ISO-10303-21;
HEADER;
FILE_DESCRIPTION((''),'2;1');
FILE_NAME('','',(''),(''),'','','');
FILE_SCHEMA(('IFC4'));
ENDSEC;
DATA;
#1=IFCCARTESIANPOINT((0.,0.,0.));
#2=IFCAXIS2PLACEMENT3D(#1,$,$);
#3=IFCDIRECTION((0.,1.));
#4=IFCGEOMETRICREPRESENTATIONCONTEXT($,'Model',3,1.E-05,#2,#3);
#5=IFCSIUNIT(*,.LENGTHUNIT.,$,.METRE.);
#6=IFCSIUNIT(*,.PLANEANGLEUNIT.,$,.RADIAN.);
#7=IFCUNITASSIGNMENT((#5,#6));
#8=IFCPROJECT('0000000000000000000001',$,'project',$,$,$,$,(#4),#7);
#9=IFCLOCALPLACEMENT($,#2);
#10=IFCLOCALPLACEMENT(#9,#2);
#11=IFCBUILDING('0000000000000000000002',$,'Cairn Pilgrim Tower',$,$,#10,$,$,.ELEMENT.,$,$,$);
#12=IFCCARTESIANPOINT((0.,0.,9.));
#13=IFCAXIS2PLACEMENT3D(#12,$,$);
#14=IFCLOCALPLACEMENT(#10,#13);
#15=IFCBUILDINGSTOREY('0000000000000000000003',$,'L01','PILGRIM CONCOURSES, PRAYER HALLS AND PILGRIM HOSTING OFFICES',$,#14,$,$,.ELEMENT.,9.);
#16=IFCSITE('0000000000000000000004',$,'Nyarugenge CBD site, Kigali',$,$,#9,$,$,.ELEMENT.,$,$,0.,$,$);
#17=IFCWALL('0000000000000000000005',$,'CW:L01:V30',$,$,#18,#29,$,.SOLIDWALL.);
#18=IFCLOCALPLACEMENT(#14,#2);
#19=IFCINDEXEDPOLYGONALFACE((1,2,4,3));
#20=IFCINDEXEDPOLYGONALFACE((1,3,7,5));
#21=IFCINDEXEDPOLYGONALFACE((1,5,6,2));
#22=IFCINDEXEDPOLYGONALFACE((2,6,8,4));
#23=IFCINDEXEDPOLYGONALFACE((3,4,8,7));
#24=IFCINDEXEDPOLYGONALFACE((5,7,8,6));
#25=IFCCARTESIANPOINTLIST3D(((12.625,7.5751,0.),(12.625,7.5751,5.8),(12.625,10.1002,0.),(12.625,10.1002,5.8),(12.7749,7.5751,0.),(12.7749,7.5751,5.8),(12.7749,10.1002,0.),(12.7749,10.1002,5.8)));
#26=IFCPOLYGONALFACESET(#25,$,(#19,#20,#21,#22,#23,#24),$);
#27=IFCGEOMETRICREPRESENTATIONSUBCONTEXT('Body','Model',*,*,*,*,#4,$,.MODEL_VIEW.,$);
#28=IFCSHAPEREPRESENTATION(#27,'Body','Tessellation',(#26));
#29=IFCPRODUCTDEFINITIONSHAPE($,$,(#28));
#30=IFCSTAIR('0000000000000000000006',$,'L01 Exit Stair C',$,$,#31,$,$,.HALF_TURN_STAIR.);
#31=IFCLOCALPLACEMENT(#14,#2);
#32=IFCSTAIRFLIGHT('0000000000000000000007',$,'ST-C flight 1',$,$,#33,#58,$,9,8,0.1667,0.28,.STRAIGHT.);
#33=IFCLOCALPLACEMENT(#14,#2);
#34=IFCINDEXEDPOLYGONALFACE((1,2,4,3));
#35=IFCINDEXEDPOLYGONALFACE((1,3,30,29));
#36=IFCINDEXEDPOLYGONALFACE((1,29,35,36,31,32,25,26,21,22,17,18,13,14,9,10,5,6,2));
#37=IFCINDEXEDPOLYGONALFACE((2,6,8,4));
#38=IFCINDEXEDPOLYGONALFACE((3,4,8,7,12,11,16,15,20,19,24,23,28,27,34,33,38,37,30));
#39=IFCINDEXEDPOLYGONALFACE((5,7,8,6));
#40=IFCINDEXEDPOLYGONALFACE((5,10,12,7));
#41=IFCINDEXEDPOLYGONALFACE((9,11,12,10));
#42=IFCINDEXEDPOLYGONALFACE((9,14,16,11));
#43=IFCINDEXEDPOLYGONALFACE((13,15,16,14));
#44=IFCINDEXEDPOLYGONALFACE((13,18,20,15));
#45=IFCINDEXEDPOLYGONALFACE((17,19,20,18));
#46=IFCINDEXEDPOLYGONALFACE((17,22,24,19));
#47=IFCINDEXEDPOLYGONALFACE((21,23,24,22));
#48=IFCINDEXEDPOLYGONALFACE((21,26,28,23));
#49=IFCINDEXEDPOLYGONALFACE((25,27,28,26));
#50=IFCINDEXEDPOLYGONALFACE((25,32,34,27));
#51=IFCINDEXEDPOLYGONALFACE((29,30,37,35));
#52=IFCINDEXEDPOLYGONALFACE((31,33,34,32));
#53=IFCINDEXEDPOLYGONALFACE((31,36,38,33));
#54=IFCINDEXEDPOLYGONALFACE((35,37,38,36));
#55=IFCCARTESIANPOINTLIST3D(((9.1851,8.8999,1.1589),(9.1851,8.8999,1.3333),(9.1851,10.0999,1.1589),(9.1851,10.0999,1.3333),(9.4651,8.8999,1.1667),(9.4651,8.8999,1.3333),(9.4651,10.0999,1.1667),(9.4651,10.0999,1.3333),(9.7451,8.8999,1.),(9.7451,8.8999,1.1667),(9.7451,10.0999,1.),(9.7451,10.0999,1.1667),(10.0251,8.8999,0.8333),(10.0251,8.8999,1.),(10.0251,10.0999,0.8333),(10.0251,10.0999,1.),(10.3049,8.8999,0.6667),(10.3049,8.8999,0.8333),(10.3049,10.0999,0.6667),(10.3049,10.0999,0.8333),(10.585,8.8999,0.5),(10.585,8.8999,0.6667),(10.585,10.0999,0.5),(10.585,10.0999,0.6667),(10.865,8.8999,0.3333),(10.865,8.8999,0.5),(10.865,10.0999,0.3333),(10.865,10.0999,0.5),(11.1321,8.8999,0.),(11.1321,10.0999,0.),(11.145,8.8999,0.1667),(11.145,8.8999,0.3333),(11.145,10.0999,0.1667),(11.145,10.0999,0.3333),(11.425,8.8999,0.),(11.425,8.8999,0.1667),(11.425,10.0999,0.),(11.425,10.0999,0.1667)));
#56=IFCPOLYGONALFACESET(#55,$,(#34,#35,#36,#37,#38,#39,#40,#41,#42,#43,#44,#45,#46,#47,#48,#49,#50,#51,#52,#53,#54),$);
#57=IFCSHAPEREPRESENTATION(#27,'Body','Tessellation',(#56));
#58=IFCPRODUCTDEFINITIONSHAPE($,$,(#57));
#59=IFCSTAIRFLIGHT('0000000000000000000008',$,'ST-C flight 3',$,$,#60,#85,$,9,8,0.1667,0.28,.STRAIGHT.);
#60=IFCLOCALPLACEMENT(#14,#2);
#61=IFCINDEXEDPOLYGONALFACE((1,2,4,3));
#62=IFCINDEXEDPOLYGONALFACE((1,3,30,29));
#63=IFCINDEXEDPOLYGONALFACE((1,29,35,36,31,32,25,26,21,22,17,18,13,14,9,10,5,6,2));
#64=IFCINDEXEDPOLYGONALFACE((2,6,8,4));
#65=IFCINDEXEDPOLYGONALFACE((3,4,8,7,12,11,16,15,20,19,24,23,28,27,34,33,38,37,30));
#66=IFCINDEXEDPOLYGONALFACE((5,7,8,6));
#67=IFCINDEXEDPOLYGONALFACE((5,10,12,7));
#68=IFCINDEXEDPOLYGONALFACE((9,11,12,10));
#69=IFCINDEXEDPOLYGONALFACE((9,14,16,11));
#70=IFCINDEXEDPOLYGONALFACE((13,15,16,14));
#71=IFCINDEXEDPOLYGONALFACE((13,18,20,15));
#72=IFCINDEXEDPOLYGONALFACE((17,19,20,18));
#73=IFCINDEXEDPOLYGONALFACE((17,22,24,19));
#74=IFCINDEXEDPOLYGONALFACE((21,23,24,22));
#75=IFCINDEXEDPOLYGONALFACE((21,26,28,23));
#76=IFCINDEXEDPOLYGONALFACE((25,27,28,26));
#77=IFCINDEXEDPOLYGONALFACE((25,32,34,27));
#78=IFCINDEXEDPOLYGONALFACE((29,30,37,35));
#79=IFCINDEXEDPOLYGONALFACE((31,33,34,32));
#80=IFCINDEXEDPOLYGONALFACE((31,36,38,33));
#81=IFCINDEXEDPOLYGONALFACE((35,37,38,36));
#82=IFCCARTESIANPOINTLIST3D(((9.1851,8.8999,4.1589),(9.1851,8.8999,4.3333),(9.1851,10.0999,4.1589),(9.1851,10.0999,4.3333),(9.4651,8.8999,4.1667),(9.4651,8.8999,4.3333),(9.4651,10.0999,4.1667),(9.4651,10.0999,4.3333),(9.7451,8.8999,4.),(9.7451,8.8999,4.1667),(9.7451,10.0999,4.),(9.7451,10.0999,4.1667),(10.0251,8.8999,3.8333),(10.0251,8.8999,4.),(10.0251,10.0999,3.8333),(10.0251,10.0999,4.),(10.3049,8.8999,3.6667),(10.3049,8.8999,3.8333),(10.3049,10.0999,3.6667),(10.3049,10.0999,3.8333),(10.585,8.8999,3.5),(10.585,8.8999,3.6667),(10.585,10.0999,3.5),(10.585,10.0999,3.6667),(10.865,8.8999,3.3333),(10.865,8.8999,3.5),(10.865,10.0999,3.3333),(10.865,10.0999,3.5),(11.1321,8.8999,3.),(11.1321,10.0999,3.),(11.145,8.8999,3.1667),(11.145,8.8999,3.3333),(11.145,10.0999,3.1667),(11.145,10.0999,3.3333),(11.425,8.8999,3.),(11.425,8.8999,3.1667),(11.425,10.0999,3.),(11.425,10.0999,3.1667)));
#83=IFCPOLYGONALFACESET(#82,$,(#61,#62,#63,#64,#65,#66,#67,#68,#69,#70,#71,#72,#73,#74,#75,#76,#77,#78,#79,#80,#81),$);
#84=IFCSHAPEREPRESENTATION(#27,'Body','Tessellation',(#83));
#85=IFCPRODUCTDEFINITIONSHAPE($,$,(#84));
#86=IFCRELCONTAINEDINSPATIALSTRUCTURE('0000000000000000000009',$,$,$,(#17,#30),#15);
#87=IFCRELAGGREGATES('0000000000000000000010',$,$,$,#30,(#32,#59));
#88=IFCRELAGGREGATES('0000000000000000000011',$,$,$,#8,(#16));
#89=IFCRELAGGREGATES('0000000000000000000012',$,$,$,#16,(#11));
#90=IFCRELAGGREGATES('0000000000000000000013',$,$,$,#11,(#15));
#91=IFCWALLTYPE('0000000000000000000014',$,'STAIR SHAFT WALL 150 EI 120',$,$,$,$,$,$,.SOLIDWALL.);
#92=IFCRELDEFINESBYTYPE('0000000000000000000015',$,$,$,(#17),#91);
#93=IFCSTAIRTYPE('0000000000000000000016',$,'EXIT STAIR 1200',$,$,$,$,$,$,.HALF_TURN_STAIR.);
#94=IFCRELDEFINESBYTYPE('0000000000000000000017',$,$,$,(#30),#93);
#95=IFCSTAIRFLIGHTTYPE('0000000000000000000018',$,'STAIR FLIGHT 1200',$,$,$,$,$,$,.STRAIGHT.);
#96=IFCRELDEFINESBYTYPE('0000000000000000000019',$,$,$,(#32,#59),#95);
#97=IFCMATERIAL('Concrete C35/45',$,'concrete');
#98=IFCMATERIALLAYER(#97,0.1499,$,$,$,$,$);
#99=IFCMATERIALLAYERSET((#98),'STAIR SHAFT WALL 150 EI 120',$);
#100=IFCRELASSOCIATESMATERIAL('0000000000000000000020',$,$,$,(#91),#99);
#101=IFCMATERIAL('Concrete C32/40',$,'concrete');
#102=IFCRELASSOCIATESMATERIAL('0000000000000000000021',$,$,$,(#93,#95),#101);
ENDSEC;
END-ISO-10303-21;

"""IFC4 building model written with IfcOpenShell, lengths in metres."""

from ifc_helpers import new_model, si_unit, direction, frame, frame_2d, origin, place, context, subcontext, project, spatial, polyline, rectangle, outline, extrude, material, layer, layer_set, type_object, element, aggregate, save


model = new_model("IFC4")

# Units and contexts
model_context = context("Model", 3, precision=1e-05, world=origin(), true_north=direction((0.0, 1.0)))
body_context = subcontext(model_context, "Body", "Model", "MODEL_VIEW")
ifc_project = project(units=[si_unit("LENGTHUNIT", "METRE"), si_unit("PLANEANGLEUNIT", "RADIAN")], contexts=[model_context])

# Site, building, storey
site_placement = place(None, origin())
site = spatial("IfcSite", under=ifc_project, at=site_placement, Name="Nyarugenge CBD site, Kigali", CompositionType="ELEMENT", RefElevation=0.0)
building_placement = place(site_placement, origin())
building = spatial("IfcBuilding", under=site, at=building_placement, Name="Cairn Pilgrim Tower", CompositionType="ELEMENT")
storey_placement = place(building_placement, frame((0.0, 0.0, 9.0)))
storey = spatial("IfcBuildingStorey", under=building, at=storey_placement, Name="L01", Description="PILGRIM CONCOURSES, PRAYER HALLS AND PILGRIM HOSTING OFFICES", CompositionType="ELEMENT", Elevation=9.0)

# Shared definitions
ifc_material_1 = material(Name="Concrete C32/40", Category="concrete")

# Wall
ifc_material_2 = material(Name="Concrete C35/45", Category="concrete")
ifc_layer_1 = layer(ifc_material_2, 0.1499)
ifc_layer_set_1 = layer_set([ifc_layer_1], Name="STAIR SHAFT WALL 150 EI 120")
wall_type_1 = type_object("IfcWallType", Name="STAIR SHAFT WALL 150 EI 120", PredefinedType="SOLIDWALL", material=ifc_layer_set_1)
wall_1_placement = place(storey_placement, frame((12.7, 7.575, 0.0), z_axis=(0.0, 0.0, 1.0), x_axis=(0.0, 1.0, 0.0)))
element("IfcWall", 1, at=wall_1_placement, inside=storey, type_object=wall_type_1, Name="CW:L01:V30", PredefinedType="SOLIDWALL", context=body_context, shape_type="SweptSolid", body=[
    extrude(rectangle(XDim=2.5251, YDim=0.1499, at=frame_2d((1.2627, 0.0))), origin(), (0.0, 0.0, 1.0), 5.8),
])

# Stair, stair flights
stair_type = type_object("IfcStairType", Name="EXIT STAIR 1200", PredefinedType="HALF_TURN_STAIR", material=ifc_material_1)
stair_placement = place(storey_placement, origin())
stair = element("IfcStair", 2, at=stair_placement, inside=storey, type_object=stair_type, Name="L01 Exit Stair C", PredefinedType="HALF_TURN_STAIR")
stair_flight_type = type_object("IfcStairFlightType", Name="STAIR FLIGHT 1200", PredefinedType="STRAIGHT", material=ifc_material_1)
stair_flight_1_placement = place(storey_placement, frame((11.425, 9.5, 0.0), z_axis=(0.0, 0.0, 1.0), x_axis=(-1.0, 0.0, 0.0)))
stair_flight_1 = element("IfcStairFlight", 3, at=stair_flight_1_placement, type_object=stair_flight_type, Name="ST-C flight 1", NumberOfRisers=9, NumberOfTreads=8, PredefinedType="STRAIGHT", RiserHeight=0.1667, TreadLength=0.28, context=body_context, shape_type="SweptSolid", body=[
    extrude(outline(polyline([(0.0, 0.0), (0.0, 0.1667), (0.28, 0.1667), (0.28, 0.3333), (0.5601, 0.3333), (0.5601, 0.5), (0.8401, 0.5), (0.8401, 0.6667), (1.1201, 0.6667), (1.1201, 0.8333), (1.3999, 0.8333), (1.3999, 1.0), (1.6799, 1.0), (1.6799, 1.1667), (1.96, 1.1667), (1.96, 1.3333), (2.24, 1.3333), (2.24, 1.5), (2.24, 1.1589), (0.293, 0.0), (0.0, 0.0)])), frame((0.0, 0.6001, 0.0), z_axis=(0.0, -1.0, 0.0), x_axis=(1.0, 0.0, 0.0)), (0.0, 0.0, 1.0), 1.2),
])
stair_flight_2_placement = place(storey_placement, frame((11.425, 9.5, 3.0), z_axis=(0.0, 0.0, 1.0), x_axis=(-1.0, 0.0, 0.0)))
stair_flight_2 = element("IfcStairFlight", 4, at=stair_flight_2_placement, type_object=stair_flight_type, Name="ST-C flight 3", NumberOfRisers=9, NumberOfTreads=8, PredefinedType="STRAIGHT", RiserHeight=0.1667, TreadLength=0.28, context=body_context, shape_type="SweptSolid", body=[
    extrude(outline(polyline([(0.0, 0.0), (0.0, 0.1667), (0.28, 0.1667), (0.28, 0.3333), (0.5601, 0.3333), (0.5601, 0.5), (0.8401, 0.5), (0.8401, 0.6667), (1.1201, 0.6667), (1.1201, 0.8333), (1.3999, 0.8333), (1.3999, 1.0), (1.6799, 1.0), (1.6799, 1.1667), (1.96, 1.1667), (1.96, 1.3333), (2.24, 1.3333), (2.24, 1.5), (2.24, 1.1589), (0.293, 0.0), (0.0, 0.0)])), frame((0.0, 0.6001, 0.0), z_axis=(0.0, -1.0, 0.0), x_axis=(1.0, 0.0, 0.0)), (0.0, 0.0, 1.0), 1.2),
])
aggregate(stair, [stair_flight_1, stair_flight_2])

save(model, "model.ifc")
